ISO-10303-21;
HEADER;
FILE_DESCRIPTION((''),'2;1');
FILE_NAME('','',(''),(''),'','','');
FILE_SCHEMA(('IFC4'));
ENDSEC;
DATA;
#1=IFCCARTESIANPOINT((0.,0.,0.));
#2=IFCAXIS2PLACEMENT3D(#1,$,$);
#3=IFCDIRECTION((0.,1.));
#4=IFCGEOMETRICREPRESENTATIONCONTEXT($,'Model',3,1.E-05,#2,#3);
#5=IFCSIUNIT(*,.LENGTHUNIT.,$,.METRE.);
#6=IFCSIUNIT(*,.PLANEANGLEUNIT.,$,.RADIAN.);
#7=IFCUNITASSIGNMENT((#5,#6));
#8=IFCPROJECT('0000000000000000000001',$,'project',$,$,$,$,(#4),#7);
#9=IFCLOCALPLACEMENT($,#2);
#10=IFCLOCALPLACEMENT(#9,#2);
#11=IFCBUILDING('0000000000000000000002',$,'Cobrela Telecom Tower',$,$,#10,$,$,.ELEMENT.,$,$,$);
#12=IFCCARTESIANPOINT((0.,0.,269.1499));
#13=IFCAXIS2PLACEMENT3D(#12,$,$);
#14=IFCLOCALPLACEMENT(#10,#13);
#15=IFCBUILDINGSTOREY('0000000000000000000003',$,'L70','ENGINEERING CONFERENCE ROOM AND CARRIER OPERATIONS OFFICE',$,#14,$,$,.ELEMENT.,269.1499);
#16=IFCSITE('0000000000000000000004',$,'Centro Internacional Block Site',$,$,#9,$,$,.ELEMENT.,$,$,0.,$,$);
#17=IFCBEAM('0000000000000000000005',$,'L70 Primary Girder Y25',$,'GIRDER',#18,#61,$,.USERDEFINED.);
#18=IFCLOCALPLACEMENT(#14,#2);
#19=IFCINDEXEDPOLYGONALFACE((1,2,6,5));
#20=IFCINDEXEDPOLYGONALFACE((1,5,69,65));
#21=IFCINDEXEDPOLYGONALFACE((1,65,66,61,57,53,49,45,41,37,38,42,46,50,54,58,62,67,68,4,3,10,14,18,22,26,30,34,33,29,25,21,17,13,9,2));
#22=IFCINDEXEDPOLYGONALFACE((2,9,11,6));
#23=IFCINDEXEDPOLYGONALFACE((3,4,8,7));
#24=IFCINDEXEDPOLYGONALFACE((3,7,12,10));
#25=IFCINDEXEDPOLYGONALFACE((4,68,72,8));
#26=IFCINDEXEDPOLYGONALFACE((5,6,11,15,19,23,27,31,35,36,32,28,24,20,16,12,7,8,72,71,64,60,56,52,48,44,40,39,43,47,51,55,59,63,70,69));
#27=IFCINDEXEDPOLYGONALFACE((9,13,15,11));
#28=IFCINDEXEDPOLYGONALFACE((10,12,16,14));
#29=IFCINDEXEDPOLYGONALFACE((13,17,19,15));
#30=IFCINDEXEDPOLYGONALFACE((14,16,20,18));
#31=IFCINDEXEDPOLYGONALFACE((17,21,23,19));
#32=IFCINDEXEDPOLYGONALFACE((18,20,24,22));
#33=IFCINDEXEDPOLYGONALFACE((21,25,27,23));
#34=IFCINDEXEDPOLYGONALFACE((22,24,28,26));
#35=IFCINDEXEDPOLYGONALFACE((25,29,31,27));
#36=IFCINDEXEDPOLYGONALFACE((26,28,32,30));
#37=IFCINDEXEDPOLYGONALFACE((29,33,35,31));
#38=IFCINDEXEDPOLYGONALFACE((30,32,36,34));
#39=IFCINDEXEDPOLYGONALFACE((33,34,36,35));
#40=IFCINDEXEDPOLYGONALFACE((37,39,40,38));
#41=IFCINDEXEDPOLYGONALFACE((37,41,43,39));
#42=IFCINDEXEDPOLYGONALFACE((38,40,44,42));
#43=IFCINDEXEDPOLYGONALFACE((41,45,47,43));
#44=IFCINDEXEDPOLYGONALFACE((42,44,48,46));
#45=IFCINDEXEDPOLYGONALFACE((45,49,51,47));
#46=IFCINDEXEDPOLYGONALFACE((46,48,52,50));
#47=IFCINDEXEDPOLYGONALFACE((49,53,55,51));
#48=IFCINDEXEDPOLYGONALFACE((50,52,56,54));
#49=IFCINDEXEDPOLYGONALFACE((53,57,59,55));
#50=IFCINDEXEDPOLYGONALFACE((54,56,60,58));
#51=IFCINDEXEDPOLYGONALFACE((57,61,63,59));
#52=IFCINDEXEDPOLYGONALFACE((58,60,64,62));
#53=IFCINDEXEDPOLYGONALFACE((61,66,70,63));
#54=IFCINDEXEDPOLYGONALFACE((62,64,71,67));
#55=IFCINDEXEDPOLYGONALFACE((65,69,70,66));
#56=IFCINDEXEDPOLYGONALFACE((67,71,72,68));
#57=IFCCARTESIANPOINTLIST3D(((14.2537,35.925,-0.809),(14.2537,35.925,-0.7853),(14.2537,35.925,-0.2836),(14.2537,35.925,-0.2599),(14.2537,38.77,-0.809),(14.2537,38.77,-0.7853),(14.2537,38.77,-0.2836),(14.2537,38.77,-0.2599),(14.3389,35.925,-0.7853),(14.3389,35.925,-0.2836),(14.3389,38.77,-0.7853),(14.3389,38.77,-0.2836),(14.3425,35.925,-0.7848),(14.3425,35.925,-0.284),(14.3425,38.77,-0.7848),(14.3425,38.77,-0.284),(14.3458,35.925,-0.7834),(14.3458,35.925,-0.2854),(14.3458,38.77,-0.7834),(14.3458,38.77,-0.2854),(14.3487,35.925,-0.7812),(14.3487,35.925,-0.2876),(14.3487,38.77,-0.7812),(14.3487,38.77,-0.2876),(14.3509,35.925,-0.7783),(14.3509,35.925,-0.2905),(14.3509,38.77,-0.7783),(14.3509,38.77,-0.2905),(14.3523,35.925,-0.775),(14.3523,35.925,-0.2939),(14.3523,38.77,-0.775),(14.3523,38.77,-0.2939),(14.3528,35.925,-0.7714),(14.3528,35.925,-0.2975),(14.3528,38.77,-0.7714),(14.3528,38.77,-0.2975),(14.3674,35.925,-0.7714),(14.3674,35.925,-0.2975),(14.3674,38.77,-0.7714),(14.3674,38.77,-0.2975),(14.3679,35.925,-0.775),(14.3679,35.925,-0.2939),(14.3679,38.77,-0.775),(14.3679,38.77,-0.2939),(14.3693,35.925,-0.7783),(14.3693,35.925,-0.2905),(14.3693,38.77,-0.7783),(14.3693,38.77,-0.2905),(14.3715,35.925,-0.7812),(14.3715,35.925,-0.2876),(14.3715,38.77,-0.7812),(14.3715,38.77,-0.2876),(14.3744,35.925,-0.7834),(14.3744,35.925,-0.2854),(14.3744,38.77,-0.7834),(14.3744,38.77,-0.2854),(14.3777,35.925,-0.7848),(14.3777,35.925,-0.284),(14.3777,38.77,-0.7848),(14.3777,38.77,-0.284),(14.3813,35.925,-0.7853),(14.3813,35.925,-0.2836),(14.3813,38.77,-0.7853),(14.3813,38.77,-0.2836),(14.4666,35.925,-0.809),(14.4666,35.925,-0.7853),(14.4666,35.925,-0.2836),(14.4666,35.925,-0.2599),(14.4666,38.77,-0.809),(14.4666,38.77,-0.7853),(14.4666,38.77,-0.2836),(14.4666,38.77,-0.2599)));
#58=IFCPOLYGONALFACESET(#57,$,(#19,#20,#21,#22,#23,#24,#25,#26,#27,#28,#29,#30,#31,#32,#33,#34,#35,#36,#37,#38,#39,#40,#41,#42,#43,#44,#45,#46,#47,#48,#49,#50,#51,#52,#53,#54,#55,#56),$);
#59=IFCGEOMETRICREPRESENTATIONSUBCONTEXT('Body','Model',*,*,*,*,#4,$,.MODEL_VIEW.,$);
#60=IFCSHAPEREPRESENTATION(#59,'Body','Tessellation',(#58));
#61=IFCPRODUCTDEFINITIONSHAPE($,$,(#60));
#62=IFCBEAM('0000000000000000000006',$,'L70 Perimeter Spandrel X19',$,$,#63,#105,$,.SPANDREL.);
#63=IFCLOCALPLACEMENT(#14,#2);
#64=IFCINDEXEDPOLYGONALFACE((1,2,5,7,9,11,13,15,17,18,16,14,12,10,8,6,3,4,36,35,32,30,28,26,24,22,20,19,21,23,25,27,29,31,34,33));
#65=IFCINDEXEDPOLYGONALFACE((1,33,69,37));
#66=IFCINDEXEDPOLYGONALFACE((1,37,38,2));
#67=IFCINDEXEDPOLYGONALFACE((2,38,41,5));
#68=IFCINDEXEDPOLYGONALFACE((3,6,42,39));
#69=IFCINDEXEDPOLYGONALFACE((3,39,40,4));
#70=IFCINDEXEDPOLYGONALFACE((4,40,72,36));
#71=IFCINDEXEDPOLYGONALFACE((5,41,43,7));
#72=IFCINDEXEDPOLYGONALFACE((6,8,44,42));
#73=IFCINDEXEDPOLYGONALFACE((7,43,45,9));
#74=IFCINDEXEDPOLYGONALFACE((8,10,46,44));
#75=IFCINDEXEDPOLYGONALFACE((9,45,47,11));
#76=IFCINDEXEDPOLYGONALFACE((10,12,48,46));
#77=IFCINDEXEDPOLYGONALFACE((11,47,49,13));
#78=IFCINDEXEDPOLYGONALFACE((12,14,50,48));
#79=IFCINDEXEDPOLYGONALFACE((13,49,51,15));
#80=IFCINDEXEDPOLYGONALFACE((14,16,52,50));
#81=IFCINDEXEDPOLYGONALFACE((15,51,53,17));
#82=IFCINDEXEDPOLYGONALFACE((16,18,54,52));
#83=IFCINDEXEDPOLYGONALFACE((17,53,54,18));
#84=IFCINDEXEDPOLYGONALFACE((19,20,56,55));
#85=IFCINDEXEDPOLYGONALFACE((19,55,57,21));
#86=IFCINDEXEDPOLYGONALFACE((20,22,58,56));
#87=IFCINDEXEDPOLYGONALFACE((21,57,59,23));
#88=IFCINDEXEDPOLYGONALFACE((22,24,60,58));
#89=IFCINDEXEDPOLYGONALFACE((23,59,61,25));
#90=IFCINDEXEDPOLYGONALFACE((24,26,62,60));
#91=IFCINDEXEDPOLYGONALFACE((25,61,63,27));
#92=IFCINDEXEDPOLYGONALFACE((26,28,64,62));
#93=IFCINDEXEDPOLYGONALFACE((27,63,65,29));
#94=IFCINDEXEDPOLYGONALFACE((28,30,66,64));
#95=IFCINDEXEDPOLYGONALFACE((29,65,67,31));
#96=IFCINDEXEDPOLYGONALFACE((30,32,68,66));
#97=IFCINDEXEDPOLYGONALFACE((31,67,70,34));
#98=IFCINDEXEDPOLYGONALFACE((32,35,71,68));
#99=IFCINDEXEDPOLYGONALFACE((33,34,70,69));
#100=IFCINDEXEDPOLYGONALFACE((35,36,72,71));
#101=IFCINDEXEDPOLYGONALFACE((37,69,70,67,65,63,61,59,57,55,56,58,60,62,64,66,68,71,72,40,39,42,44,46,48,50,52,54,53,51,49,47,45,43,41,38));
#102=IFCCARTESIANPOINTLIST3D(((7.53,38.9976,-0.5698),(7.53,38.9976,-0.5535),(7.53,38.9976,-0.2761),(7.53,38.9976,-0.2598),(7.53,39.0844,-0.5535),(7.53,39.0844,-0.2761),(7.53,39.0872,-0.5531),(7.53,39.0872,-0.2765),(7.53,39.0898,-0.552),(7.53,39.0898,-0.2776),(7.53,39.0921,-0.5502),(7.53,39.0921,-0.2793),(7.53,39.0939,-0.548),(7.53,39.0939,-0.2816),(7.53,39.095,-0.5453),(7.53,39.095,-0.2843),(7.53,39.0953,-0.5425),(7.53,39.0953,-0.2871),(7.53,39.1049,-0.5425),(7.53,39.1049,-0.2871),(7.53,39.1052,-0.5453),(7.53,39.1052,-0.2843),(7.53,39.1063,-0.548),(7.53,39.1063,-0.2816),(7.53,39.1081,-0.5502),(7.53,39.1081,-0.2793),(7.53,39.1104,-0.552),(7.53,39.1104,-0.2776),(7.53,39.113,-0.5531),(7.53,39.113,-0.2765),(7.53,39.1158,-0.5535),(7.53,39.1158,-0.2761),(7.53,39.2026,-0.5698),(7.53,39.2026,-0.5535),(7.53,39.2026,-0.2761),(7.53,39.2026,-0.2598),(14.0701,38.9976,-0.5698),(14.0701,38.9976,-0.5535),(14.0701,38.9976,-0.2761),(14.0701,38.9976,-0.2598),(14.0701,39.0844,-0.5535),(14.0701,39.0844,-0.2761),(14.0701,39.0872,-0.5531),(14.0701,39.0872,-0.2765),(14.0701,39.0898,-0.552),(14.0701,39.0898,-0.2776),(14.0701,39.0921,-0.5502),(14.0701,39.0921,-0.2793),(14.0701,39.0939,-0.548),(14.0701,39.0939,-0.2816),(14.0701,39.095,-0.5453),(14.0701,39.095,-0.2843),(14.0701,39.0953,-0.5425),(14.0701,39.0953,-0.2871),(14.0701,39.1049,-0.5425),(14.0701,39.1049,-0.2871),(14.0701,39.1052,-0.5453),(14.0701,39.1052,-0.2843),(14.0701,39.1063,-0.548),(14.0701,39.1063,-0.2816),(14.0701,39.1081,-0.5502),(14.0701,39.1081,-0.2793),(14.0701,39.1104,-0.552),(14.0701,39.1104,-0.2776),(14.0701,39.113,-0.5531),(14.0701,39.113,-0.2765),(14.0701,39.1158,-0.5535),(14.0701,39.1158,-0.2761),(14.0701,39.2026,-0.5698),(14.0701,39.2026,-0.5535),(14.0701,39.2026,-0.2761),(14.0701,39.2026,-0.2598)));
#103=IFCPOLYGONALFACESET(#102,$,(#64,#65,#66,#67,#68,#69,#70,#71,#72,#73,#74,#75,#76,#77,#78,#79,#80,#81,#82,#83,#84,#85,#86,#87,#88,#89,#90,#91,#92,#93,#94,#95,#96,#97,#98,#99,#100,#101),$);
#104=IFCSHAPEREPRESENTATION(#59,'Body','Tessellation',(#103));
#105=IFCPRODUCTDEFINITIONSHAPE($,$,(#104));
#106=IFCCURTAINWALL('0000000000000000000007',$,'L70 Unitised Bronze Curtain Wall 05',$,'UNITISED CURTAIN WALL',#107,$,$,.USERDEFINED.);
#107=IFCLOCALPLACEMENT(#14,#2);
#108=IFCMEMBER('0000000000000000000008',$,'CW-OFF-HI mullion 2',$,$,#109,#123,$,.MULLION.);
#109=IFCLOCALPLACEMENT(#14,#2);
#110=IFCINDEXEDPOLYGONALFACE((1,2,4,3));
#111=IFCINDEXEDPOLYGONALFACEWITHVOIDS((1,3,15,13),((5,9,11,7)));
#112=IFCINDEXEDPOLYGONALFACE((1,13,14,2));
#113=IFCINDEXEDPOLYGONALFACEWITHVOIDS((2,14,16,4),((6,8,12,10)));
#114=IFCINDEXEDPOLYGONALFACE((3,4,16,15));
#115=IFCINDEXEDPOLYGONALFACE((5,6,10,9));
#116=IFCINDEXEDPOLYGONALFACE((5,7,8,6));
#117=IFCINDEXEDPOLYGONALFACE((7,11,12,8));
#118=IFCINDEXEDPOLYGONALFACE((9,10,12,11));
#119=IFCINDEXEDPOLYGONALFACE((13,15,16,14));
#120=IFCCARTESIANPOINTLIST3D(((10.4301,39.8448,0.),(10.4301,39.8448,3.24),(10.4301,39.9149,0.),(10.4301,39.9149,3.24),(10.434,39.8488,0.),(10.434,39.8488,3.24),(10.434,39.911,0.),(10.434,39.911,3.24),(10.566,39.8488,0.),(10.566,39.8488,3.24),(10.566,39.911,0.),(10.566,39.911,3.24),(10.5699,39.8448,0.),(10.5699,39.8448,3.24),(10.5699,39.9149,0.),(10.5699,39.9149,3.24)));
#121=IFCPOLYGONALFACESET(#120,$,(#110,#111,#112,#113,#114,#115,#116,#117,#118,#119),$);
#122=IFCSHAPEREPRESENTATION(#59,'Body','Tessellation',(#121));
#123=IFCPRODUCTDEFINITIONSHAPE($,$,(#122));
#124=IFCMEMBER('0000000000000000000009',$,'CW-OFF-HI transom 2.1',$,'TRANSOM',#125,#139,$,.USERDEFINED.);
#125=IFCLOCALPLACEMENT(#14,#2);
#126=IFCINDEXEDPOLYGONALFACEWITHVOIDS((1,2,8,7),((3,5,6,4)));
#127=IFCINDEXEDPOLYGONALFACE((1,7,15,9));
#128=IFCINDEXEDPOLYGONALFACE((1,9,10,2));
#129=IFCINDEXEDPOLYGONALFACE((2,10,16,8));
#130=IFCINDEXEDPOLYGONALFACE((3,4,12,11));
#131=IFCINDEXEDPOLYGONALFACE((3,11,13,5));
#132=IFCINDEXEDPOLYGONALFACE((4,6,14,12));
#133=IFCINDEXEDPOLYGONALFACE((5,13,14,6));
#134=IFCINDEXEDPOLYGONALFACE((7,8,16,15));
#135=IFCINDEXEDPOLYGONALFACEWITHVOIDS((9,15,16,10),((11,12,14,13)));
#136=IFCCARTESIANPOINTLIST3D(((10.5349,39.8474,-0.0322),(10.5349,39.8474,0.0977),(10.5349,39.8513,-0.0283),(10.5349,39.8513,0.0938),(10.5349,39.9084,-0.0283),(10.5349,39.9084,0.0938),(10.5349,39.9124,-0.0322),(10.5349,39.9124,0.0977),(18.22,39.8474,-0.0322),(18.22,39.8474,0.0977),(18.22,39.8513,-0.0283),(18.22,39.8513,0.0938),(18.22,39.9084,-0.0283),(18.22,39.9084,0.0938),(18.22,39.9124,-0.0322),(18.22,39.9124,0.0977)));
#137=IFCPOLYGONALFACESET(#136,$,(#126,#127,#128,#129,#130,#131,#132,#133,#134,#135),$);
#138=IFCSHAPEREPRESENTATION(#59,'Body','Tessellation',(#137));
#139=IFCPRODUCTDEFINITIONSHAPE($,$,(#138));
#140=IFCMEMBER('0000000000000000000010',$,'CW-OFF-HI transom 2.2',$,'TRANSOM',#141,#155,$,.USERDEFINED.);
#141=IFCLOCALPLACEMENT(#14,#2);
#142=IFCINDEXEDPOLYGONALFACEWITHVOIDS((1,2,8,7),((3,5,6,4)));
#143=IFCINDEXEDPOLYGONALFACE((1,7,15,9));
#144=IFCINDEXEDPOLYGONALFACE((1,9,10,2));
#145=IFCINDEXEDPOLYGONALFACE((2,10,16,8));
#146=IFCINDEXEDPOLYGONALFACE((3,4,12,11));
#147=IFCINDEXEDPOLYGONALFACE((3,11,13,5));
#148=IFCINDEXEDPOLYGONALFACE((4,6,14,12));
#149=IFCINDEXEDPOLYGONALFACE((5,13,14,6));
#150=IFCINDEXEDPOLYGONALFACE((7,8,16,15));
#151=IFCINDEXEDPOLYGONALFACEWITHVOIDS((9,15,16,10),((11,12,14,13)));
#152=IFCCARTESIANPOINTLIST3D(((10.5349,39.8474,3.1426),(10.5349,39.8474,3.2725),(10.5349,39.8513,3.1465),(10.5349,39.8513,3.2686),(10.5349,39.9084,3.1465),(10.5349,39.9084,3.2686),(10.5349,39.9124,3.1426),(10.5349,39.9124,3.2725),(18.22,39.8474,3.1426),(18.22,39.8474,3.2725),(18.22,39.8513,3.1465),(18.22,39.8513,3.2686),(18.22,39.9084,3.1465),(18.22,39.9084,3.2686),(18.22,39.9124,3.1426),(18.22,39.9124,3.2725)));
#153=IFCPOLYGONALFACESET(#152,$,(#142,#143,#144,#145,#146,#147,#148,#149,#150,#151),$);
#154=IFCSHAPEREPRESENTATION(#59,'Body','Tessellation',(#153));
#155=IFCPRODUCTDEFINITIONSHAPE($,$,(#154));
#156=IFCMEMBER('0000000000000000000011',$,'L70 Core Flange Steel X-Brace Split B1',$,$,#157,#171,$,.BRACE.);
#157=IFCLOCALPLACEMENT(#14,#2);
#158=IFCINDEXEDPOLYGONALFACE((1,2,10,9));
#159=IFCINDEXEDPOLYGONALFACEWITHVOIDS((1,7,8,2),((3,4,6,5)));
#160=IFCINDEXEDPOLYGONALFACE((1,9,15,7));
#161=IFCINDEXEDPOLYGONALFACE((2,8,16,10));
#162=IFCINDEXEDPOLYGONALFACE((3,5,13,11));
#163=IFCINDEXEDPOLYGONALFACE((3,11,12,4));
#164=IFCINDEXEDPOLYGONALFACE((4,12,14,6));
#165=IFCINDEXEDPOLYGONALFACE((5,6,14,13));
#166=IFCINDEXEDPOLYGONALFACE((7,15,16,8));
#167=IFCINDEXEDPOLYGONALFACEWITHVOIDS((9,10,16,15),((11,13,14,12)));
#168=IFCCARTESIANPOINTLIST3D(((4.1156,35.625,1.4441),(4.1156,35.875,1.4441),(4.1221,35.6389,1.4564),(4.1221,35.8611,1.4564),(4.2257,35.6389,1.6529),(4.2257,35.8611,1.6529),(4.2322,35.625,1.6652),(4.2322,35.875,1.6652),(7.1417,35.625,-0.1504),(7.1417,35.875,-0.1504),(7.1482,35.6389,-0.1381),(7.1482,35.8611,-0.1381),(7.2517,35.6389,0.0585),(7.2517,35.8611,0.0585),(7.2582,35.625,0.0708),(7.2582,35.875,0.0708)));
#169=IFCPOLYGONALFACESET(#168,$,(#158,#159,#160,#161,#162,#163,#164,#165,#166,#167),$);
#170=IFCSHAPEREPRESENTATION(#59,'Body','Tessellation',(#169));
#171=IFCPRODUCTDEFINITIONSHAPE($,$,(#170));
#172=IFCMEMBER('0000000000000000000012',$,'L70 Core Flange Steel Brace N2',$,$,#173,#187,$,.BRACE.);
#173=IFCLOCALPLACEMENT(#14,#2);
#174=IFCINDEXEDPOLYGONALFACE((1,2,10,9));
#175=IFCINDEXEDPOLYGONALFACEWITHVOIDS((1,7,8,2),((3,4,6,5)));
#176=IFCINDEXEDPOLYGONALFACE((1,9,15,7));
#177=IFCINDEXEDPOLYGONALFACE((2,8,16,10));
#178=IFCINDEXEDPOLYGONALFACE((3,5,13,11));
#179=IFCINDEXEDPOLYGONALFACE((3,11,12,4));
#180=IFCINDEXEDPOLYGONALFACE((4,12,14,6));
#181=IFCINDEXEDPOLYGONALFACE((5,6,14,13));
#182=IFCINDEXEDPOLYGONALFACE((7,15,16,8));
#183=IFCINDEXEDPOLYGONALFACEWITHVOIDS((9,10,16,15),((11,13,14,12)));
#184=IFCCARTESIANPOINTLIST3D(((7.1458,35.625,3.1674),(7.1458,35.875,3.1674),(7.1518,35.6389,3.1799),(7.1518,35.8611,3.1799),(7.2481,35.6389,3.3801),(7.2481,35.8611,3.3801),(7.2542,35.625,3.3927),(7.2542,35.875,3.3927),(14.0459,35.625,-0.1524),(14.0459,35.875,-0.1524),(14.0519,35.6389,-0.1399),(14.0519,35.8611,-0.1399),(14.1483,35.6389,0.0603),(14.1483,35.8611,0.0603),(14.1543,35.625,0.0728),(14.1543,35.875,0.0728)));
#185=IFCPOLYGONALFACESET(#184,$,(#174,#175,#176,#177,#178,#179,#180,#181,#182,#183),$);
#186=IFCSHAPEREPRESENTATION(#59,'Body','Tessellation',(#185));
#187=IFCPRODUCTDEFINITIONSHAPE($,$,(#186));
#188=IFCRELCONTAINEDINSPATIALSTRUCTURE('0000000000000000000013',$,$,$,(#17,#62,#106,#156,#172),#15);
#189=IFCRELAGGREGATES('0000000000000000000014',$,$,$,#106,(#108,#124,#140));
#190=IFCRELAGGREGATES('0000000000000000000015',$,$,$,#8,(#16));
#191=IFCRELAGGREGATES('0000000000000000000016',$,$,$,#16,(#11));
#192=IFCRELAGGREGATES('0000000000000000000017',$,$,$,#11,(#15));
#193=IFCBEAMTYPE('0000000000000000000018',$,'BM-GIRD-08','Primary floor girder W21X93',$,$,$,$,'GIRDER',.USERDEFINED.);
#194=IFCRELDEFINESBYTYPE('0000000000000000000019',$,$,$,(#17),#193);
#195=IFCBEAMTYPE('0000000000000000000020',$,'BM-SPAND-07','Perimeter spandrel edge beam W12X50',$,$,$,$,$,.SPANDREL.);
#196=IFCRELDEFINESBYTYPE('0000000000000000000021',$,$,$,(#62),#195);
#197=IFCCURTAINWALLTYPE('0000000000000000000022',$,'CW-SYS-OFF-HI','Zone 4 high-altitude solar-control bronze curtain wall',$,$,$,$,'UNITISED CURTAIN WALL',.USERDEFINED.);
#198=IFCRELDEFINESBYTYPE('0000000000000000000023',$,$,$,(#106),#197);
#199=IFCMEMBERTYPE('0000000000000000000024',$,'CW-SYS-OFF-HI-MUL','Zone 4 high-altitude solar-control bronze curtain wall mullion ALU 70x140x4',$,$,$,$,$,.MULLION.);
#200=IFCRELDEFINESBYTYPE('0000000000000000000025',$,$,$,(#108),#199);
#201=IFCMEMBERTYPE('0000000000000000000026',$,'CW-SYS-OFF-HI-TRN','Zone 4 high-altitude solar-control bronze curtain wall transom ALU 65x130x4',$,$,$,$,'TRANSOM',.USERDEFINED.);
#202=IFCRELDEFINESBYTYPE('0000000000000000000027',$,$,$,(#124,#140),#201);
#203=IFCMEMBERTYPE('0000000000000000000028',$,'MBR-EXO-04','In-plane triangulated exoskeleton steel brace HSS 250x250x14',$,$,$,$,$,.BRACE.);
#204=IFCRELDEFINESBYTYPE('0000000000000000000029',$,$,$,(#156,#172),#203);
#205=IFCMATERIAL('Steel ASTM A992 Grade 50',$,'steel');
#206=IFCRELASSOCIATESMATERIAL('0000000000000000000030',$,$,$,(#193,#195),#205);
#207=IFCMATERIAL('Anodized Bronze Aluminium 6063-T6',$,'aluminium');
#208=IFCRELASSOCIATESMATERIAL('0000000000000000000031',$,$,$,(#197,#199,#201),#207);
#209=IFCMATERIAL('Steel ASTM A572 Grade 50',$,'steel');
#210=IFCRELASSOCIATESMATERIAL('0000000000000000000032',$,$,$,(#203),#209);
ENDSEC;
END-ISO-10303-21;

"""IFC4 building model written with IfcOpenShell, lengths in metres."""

from ifc_helpers import new_model, si_unit, direction, frame, origin, origin_2d, place, context, subcontext, project, spatial, hollow_rectangle, i_section, extrude, material, material_profile, profile_set, type_object, element, aggregate, save


model = new_model("IFC4")

# Units and contexts
model_context = context("Model", 3, precision=1e-05, world=origin(), true_north=direction((0.0, 1.0)))
body_context = subcontext(model_context, "Body", "Model", "MODEL_VIEW")
ifc_project = project(units=[si_unit("LENGTHUNIT", "METRE"), si_unit("PLANEANGLEUNIT", "RADIAN")], contexts=[model_context])

# Site, building, storey
site_placement = place(None, origin())
site = spatial("IfcSite", under=ifc_project, at=site_placement, Name="Centro Internacional Block Site", CompositionType="ELEMENT", RefElevation=0.0)
building_placement = place(site_placement, origin())
building = spatial("IfcBuilding", under=site, at=building_placement, Name="Cobrela Telecom Tower", CompositionType="ELEMENT")
storey_placement = place(building_placement, frame((0.0, 0.0, 269.1499)))
storey = spatial("IfcBuildingStorey", under=building, at=storey_placement, Name="L70", Description="ENGINEERING CONFERENCE ROOM AND CARRIER OPERATIONS OFFICE", CompositionType="ELEMENT", Elevation=269.1499)

# Shared definitions
ifc_material_1 = material(Name="Steel ASTM A572 Grade 50", Category="steel")

# Beams
ifc_material_2 = material(Name="Steel ASTM A992 Grade 50", Category="steel")
ifc_material_profile_1 = material_profile(ifc_material_2, i_section(OverallWidth=0.2129, OverallDepth=0.5491, WebThickness=0.0146, FlangeThickness=0.0237, FilletRadius=0.0139, at=origin_2d()), Name="W21X93")
ifc_profile_set_1 = profile_set([ifc_material_profile_1], Name="Steel ASTM A992 Grade 50")
beam_type_1 = type_object("IfcBeamType", Name="BM-GIRD-08", Description="Primary floor girder W21X93", ElementType="GIRDER", PredefinedType="USERDEFINED", material=ifc_profile_set_1)
for number, where, z_axis, x_axis, name in (
    (1, (14.3601, 35.925, -0.5344), (0.0, 1.0, 0.0), (-1.0, 0.0, 0.0), "L70 Primary Girder Y25"),
):
    element("IfcBeam", number, at=place(storey_placement, frame(where, z_axis=z_axis, x_axis=x_axis)), inside=storey, type_object=beam_type_1, Name=name, ObjectType="GIRDER", PredefinedType="USERDEFINED", context=body_context, shape_type="SweptSolid", body=[
        extrude(i_section(OverallWidth=0.2129, OverallDepth=0.5491, WebThickness=0.0146, FlangeThickness=0.0237, FilletRadius=0.0139, at=origin_2d()), origin(), (0.0, 0.0, 1.0), 2.845),
    ])
ifc_material_profile_2 = material_profile(ifc_material_2, i_section(OverallWidth=0.2051, OverallDepth=0.3101, WebThickness=0.0095, FlangeThickness=0.0164, FilletRadius=0.011, at=origin_2d()), Name="W12X50")
ifc_profile_set_2 = profile_set([ifc_material_profile_2], Name="Steel ASTM A992 Grade 50")
beam_type_2 = type_object("IfcBeamType", Name="BM-SPAND-07", Description="Perimeter spandrel edge beam W12X50", PredefinedType="SPANDREL", material=ifc_profile_set_2)
beam_1_placement = place(storey_placement, frame((7.53, 39.1001, -0.4148), z_axis=(1.0, 0.0, 0.0), x_axis=(0.0, 1.0, 0.0)))
element("IfcBeam", 2, at=beam_1_placement, inside=storey, type_object=beam_type_2, Name="L70 Perimeter Spandrel X19", PredefinedType="SPANDREL", context=body_context, shape_type="SweptSolid", body=[
    extrude(i_section(OverallWidth=0.2051, OverallDepth=0.3101, WebThickness=0.0095, FlangeThickness=0.0164, FilletRadius=0.011, at=origin_2d()), origin(), (0.0, 0.0, 1.0), 6.54),
])

# Curtain wall, members
ifc_material_3 = material(Name="Anodized Bronze Aluminium 6063-T6", Category="aluminium")
curtain_wall_type = type_object("IfcCurtainWallType", Name="CW-SYS-OFF-HI", Description="Zone 4 high-altitude solar-control bronze curtain wall", ElementType="UNITISED CURTAIN WALL", PredefinedType="USERDEFINED", material=ifc_material_3)
curtain_wall_placement = place(storey_placement, origin())
curtain_wall = element("IfcCurtainWall", 3, at=curtain_wall_placement, inside=storey, type_object=curtain_wall_type, Name="L70 Unitised Bronze Curtain Wall 05", ObjectType="UNITISED CURTAIN WALL", PredefinedType="USERDEFINED")
ifc_material_profile_3 = material_profile(ifc_material_3, hollow_rectangle(XDim=0.0701, YDim=0.1399, WallThickness=0.0039, at=origin_2d()), Name="ALU 70x140x4")
ifc_profile_set_3 = profile_set([ifc_material_profile_3], Name="Anodized Bronze Aluminium 6063-T6")
member_type_1 = type_object("IfcMemberType", Name="CW-SYS-OFF-HI-MUL", Description="Zone 4 high-altitude solar-control bronze curtain wall mullion ALU 70x140x4", PredefinedType="MULLION", material=ifc_profile_set_3)
member_1_placement = place(storey_placement, frame((10.5, 39.8799, 0.0), z_axis=(0.0, 0.0, 1.0), x_axis=(0.0, 1.0, 0.0)))
member_1 = element("IfcMember", 4, at=member_1_placement, type_object=member_type_1, Name="CW-OFF-HI mullion 2", PredefinedType="MULLION", context=body_context, shape_type="SweptSolid", body=[
    extrude(hollow_rectangle(XDim=0.0701, YDim=0.1399, WallThickness=0.0039, at=origin_2d()), origin(), (0.0, 0.0, 1.0), 3.24),
])
ifc_material_profile_4 = material_profile(ifc_material_3, hollow_rectangle(XDim=0.0649, YDim=0.1299, WallThickness=0.0039, at=origin_2d()), Name="ALU 65x130x4")
ifc_profile_set_4 = profile_set([ifc_material_profile_4], Name="Anodized Bronze Aluminium 6063-T6")
member_type_2 = type_object("IfcMemberType", Name="CW-SYS-OFF-HI-TRN", Description="Zone 4 high-altitude solar-control bronze curtain wall transom ALU 65x130x4", ElementType="TRANSOM", PredefinedType="USERDEFINED", material=ifc_profile_set_4)
member_2_placement = place(storey_placement, frame((10.5349, 39.8799, 0.0327), z_axis=(1.0, 0.0, 0.0), x_axis=(0.0, 1.0, 0.0)))
member_2 = element("IfcMember", 5, at=member_2_placement, type_object=member_type_2, Name="CW-OFF-HI transom 2.1", ObjectType="TRANSOM", PredefinedType="USERDEFINED", context=body_context, shape_type="SweptSolid", body=[
    extrude(hollow_rectangle(XDim=0.0649, YDim=0.1299, WallThickness=0.0039, at=origin_2d()), origin(), (0.0, 0.0, 1.0), 7.6851),
])
member_3_placement = place(storey_placement, frame((10.5349, 39.8799, 3.2075), z_axis=(1.0, 0.0, 0.0), x_axis=(0.0, 1.0, 0.0)))
member_3 = element("IfcMember", 6, at=member_3_placement, type_object=member_type_2, Name="CW-OFF-HI transom 2.2", ObjectType="TRANSOM", PredefinedType="USERDEFINED", context=body_context, shape_type="SweptSolid", body=[
    extrude(hollow_rectangle(XDim=0.0649, YDim=0.1299, WallThickness=0.0039, at=origin_2d()), origin(), (0.0, 0.0, 1.0), 7.6851),
])

# Members
ifc_material_profile_5 = material_profile(ifc_material_1, hollow_rectangle(XDim=0.25, YDim=0.25, WallThickness=0.0139, at=origin_2d()), Name="HSS 250x250x14")
ifc_profile_set_5 = profile_set([ifc_material_profile_5], Name="Steel ASTM A572 Grade 50")
member_type_3 = type_object("IfcMemberType", Name="MBR-EXO-04", Description="In-plane triangulated exoskeleton steel brace HSS 250x250x14", PredefinedType="BRACE", material=ifc_profile_set_5)
member_4_placement = place(storey_placement, frame((7.2, 35.75, -0.0398), z_axis=(-0.884703, 0.0, 0.466155), x_axis=(0.0, -1.0, 0.0)))
element("IfcMember", 7, at=member_4_placement, inside=storey, type_object=member_type_3, Name="L70 Core Flange Steel X-Brace Split B1", PredefinedType="BRACE", context=body_context, shape_type="SweptSolid", body=[
    extrude(hollow_rectangle(XDim=0.25, YDim=0.25, WallThickness=0.0139, at=origin_2d()), origin(), (0.0, 0.0, 1.0), 3.4204),
])
member_5_placement = place(storey_placement, frame((14.1001, 35.75, -0.0398), z_axis=(-0.901128, 0.0, 0.433554), x_axis=(0.0, -1.0, 0.0)))
element("IfcMember", 8, at=member_5_placement, inside=storey, type_object=member_type_3, Name="L70 Core Flange Steel Brace N2", PredefinedType="BRACE", context=body_context, shape_type="SweptSolid", body=[
    extrude(hollow_rectangle(XDim=0.25, YDim=0.25, WallThickness=0.0139, at=origin_2d()), origin(), (0.0, 0.0, 1.0), 7.6572),
])

aggregate(curtain_wall, [member_1, member_2, member_3])

save(model, "model.ifc")
